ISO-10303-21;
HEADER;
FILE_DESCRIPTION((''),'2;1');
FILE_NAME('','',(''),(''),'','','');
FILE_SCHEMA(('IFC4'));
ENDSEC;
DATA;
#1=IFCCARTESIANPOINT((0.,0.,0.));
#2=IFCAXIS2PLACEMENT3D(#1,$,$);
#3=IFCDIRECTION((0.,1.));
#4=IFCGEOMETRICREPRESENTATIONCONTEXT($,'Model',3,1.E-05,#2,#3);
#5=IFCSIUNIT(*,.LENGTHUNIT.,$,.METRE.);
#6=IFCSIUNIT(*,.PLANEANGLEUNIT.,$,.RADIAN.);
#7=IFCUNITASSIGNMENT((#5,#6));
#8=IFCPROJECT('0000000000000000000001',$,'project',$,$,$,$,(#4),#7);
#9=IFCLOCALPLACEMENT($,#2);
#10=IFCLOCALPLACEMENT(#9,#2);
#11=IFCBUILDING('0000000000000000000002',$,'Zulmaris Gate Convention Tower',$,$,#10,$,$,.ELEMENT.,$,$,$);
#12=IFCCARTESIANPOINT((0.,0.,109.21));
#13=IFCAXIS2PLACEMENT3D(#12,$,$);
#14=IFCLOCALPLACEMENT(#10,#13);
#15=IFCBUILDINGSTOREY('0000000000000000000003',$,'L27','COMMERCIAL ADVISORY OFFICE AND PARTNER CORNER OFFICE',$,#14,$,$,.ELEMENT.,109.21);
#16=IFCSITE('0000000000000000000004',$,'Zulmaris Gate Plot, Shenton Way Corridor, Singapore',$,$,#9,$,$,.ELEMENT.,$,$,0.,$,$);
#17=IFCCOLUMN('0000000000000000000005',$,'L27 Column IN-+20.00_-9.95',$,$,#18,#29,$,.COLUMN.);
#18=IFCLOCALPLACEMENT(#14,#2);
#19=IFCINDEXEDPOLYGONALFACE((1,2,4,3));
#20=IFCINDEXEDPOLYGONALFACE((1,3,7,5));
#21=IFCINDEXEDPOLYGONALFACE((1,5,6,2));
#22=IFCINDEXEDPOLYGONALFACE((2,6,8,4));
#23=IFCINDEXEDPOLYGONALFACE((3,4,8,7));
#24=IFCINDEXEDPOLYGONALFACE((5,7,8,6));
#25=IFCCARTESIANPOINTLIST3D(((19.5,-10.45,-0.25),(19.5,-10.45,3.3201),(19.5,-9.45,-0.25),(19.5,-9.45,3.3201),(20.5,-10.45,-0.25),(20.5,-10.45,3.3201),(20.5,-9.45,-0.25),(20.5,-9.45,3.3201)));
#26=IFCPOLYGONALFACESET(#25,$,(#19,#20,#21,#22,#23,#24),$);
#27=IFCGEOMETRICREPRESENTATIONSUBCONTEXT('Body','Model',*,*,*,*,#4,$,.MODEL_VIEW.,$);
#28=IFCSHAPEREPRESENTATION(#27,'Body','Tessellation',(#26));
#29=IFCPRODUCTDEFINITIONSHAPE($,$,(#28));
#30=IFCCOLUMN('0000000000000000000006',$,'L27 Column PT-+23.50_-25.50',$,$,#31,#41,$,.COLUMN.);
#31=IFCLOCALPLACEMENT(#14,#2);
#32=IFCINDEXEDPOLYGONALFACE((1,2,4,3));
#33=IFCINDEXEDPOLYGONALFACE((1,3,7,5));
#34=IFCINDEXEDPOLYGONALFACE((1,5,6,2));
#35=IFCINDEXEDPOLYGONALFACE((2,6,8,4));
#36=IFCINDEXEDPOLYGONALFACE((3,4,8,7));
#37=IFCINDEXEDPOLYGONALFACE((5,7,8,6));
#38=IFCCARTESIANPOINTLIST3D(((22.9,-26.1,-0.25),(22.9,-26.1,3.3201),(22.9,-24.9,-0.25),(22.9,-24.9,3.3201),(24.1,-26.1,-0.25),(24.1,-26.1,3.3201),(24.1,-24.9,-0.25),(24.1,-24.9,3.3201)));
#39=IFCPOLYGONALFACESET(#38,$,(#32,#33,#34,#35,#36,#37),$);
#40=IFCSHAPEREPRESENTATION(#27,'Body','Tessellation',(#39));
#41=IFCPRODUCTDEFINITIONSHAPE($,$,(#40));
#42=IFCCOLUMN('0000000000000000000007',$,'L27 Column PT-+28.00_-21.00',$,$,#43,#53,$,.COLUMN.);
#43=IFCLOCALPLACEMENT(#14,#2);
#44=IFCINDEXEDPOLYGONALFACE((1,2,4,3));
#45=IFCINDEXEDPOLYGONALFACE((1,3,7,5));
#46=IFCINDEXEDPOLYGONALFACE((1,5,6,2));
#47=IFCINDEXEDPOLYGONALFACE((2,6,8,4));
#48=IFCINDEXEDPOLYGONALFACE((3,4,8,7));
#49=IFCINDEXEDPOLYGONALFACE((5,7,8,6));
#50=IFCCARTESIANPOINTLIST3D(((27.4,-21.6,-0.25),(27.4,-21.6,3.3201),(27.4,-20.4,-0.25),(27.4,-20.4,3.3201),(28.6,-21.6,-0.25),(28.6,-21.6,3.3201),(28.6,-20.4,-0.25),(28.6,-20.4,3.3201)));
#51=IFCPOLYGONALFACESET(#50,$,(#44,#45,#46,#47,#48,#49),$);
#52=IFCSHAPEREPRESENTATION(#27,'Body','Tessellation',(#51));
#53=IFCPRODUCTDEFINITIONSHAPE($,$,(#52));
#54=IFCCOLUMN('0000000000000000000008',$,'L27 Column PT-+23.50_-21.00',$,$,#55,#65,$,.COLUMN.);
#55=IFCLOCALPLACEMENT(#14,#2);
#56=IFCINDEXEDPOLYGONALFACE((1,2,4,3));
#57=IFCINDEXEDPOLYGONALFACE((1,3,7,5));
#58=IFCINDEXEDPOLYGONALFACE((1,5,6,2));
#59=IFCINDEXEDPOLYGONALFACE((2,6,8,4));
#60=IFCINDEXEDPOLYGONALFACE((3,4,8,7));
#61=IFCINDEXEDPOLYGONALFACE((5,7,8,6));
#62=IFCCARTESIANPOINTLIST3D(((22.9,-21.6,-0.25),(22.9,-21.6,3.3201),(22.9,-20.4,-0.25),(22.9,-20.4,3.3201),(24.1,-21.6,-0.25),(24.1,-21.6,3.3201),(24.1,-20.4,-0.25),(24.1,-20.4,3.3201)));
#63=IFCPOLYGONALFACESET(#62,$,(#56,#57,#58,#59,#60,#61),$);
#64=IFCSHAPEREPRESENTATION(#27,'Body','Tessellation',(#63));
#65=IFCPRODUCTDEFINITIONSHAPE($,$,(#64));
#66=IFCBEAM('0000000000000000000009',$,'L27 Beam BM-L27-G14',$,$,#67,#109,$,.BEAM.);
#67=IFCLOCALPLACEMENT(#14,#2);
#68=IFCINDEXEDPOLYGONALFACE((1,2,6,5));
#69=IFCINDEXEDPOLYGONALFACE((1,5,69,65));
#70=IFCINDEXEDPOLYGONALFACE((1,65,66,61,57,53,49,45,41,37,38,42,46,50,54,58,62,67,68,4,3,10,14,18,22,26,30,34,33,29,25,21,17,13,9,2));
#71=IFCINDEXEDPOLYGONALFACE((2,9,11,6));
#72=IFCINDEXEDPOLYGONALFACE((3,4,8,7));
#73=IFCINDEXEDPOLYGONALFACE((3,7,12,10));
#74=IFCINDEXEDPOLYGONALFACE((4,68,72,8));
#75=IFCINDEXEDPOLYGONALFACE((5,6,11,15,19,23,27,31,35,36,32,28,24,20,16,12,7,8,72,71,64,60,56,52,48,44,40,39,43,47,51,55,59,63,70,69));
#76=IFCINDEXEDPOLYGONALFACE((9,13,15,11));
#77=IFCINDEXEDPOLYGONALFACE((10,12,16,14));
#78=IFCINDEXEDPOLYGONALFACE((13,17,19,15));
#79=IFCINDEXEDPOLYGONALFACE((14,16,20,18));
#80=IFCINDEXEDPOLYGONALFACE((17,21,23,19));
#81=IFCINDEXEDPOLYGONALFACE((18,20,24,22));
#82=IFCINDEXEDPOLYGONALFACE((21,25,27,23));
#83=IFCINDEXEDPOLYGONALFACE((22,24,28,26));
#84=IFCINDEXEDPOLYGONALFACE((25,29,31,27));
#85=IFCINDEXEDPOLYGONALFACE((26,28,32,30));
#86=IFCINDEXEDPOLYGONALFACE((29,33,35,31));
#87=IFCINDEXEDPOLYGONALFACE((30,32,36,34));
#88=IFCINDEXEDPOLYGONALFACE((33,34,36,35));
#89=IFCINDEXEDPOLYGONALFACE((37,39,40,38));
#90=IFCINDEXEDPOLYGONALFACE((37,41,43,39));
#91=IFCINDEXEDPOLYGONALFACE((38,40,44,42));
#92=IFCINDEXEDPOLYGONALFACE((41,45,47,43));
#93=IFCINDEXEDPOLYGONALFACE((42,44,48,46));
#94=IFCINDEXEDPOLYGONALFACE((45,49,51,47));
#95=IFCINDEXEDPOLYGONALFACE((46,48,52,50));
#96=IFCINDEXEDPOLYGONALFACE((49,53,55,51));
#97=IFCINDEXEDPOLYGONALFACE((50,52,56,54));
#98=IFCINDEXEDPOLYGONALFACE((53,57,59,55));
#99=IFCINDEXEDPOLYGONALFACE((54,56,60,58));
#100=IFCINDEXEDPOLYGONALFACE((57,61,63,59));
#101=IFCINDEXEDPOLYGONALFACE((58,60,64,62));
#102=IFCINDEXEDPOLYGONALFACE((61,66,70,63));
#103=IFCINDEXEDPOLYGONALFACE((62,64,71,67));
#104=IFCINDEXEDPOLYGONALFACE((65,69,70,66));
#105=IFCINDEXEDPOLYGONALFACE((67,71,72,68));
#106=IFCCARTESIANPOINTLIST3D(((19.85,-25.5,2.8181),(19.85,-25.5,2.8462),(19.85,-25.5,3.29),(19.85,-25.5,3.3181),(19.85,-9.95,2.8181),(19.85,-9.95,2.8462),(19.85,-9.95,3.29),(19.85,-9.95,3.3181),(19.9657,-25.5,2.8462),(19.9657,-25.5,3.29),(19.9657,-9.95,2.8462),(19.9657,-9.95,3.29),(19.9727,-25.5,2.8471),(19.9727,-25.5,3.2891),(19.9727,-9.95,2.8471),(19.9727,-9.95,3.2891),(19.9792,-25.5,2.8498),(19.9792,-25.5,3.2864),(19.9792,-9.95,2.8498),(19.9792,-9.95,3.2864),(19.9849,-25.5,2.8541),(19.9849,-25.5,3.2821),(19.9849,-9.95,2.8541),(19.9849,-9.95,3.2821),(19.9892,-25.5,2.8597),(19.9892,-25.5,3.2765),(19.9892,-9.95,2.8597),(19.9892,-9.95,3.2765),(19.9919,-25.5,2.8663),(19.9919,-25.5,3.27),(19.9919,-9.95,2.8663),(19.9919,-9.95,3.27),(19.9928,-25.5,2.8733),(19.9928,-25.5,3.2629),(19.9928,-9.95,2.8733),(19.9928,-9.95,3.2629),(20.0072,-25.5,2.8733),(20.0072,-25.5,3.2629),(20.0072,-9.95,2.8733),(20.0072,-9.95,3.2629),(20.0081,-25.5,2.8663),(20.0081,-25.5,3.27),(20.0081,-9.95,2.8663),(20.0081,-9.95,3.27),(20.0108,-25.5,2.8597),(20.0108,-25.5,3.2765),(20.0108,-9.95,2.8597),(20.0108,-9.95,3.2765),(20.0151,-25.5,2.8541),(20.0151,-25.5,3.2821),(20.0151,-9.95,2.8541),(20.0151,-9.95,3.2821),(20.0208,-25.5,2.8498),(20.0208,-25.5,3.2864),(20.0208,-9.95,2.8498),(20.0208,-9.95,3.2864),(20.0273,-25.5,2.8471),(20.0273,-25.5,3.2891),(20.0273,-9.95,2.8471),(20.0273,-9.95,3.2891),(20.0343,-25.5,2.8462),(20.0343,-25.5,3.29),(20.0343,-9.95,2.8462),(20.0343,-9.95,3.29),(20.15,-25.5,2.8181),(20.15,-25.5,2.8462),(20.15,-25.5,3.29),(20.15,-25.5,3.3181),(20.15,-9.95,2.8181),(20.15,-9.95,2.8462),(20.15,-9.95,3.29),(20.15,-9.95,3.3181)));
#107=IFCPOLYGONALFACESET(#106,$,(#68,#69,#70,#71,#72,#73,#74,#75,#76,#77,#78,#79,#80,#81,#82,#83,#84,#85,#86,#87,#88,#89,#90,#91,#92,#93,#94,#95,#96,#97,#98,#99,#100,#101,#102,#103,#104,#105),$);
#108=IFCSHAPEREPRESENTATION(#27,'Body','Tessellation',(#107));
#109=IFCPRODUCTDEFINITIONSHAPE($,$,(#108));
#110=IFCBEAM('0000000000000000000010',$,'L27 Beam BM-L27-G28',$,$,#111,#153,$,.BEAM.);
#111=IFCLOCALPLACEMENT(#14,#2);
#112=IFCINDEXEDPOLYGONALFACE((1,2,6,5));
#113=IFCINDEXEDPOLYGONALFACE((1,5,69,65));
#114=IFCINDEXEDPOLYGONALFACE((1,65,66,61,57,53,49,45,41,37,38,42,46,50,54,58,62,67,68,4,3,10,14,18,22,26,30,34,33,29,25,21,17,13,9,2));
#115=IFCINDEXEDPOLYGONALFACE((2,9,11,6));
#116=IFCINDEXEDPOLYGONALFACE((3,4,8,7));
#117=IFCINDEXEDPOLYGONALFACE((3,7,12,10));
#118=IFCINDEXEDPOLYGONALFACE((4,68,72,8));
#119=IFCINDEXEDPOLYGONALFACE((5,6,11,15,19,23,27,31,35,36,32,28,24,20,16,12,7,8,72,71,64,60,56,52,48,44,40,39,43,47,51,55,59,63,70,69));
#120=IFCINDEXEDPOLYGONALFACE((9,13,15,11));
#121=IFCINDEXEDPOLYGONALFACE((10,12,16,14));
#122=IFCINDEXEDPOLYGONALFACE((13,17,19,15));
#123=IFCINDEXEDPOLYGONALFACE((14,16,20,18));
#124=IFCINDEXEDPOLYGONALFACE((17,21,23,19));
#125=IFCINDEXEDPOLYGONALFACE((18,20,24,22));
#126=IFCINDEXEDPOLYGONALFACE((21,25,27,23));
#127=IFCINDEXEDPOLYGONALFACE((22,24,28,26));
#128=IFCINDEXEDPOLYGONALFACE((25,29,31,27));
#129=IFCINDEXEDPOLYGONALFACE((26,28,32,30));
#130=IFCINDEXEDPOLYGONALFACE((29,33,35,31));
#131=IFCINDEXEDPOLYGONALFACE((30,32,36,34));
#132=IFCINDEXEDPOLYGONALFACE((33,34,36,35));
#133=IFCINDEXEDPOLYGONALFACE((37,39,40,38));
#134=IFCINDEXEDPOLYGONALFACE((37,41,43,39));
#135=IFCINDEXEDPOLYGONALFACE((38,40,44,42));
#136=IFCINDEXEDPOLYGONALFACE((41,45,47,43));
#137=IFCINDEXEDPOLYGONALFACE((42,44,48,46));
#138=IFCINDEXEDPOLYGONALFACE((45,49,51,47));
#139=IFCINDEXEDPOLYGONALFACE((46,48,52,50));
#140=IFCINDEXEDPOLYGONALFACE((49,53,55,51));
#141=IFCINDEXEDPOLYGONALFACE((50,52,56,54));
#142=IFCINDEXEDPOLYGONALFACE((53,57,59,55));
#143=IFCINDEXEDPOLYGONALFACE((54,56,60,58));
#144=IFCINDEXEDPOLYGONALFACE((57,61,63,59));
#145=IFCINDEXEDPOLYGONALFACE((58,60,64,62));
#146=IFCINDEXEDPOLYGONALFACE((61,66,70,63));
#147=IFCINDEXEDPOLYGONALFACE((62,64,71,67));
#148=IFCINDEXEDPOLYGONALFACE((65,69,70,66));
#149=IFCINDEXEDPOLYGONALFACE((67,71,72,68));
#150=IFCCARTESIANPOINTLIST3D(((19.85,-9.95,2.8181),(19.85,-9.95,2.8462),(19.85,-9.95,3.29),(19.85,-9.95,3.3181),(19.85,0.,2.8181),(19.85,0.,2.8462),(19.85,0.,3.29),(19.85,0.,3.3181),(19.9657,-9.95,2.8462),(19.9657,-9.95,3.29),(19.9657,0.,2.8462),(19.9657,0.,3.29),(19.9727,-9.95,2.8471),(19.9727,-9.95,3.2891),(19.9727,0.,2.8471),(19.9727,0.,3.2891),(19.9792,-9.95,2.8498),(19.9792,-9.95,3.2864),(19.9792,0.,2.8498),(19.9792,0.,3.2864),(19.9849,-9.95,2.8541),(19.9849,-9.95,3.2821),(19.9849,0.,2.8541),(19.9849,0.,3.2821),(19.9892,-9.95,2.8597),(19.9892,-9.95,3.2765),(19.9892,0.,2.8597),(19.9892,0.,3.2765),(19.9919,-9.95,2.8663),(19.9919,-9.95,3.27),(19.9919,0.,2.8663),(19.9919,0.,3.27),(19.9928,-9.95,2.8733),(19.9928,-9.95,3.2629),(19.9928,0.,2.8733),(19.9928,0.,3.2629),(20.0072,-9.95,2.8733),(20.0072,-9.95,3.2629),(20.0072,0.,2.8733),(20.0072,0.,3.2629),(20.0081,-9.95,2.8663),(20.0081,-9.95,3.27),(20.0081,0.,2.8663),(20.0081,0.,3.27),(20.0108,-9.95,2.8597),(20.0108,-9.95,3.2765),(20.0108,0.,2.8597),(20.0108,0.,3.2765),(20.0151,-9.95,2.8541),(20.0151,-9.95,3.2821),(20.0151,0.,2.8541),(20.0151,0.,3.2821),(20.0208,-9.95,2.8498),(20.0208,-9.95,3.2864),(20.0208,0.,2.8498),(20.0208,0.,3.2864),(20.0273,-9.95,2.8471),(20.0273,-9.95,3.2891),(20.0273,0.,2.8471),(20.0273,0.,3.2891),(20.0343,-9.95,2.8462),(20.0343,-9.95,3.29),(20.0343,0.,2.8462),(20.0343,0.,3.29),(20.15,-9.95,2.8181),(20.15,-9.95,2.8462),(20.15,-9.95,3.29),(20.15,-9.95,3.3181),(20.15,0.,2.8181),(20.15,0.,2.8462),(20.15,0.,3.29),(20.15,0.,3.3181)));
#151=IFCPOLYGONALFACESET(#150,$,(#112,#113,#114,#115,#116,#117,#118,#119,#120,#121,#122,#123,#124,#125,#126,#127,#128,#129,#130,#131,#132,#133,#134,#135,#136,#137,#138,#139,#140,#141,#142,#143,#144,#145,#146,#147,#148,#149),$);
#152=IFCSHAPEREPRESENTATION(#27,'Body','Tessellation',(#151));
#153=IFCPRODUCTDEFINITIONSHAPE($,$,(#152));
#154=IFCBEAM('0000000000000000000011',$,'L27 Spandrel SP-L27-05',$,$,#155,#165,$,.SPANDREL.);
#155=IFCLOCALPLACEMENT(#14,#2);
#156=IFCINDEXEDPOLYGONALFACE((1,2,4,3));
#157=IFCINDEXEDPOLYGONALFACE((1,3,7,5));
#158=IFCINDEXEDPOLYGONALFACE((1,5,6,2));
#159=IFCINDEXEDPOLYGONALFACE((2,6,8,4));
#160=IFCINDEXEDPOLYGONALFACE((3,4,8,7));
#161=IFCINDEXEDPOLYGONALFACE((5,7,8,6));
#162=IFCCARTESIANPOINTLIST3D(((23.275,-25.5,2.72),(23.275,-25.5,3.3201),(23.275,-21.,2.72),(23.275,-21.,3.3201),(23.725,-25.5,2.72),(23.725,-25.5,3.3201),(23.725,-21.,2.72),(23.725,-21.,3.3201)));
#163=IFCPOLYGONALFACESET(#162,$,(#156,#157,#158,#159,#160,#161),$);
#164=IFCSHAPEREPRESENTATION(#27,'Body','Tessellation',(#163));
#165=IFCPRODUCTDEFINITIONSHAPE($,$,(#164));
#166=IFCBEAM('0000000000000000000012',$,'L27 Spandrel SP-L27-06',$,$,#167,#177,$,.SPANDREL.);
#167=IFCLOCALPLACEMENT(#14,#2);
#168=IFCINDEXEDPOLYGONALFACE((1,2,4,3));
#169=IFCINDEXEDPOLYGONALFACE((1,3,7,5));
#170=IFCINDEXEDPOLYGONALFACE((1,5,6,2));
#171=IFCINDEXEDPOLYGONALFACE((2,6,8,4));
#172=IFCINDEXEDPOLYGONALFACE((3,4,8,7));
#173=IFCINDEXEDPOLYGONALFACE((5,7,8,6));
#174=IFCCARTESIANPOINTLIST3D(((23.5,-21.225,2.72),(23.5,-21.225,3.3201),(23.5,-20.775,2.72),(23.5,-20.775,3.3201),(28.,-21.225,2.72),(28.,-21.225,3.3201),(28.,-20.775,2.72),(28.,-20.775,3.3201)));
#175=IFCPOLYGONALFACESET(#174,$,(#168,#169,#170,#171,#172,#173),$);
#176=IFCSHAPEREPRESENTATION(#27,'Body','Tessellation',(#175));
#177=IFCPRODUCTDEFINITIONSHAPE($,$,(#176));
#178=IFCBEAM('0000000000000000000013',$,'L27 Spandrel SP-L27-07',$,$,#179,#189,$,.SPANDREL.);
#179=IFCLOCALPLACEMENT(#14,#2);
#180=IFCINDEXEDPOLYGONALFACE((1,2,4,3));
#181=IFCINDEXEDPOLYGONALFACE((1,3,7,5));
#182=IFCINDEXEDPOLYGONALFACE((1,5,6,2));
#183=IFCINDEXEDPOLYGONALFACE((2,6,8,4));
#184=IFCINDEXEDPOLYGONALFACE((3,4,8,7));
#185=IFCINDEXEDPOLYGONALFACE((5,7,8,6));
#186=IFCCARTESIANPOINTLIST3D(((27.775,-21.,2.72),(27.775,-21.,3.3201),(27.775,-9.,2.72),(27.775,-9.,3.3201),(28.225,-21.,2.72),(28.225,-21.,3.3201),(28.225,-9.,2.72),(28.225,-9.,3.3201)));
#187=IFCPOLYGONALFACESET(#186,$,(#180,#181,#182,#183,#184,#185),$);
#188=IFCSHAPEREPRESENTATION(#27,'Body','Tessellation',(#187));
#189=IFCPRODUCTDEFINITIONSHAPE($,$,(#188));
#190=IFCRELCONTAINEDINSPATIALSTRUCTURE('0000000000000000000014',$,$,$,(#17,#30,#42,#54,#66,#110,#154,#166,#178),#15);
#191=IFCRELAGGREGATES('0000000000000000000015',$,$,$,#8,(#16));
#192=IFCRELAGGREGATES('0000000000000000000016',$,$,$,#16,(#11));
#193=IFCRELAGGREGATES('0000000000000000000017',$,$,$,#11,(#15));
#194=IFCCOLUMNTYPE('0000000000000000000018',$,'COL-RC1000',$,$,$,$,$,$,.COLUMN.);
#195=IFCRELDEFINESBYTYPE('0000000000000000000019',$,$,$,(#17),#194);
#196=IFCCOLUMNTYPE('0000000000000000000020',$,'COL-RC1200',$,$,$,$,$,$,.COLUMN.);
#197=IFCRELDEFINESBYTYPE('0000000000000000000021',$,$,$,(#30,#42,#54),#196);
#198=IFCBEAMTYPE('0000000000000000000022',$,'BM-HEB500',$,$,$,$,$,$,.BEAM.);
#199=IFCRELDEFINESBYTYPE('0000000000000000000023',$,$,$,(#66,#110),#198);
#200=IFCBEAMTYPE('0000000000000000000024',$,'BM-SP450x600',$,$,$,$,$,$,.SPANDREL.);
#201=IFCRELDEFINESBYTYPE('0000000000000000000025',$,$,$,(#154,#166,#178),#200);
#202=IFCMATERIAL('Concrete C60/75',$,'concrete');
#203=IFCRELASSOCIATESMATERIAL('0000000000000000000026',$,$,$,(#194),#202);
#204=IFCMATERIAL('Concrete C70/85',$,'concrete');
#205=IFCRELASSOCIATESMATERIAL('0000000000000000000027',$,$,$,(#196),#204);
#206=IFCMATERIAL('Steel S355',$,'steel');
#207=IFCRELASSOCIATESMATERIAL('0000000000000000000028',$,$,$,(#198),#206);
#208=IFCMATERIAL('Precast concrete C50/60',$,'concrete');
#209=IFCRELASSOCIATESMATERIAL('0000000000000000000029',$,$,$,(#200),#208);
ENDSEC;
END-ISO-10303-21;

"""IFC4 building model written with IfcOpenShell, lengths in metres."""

from ifc_helpers import new_model, si_unit, direction, frame, origin, origin_2d, place, context, subcontext, project, spatial, rectangle, i_section, extrude, material, material_profile, profile_set, type_object, element, save


model = new_model("IFC4")

# Units and contexts
model_context = context("Model", 3, precision=1e-05, world=origin(), true_north=direction((0.0, 1.0)))
body_context = subcontext(model_context, "Body", "Model", "MODEL_VIEW")
ifc_project = project(units=[si_unit("LENGTHUNIT", "METRE"), si_unit("PLANEANGLEUNIT", "RADIAN")], contexts=[model_context])

# Site, building, storey
site_placement = place(None, origin())
site = spatial("IfcSite", under=ifc_project, at=site_placement, Name="Zulmaris Gate Plot, Shenton Way Corridor, Singapore", CompositionType="ELEMENT", RefElevation=0.0)
building_placement = place(site_placement, origin())
building = spatial("IfcBuilding", under=site, at=building_placement, Name="Zulmaris Gate Convention Tower", CompositionType="ELEMENT")
storey_placement = place(building_placement, frame((0.0, 0.0, 109.21)))
storey = spatial("IfcBuildingStorey", under=building, at=storey_placement, Name="L27", Description="COMMERCIAL ADVISORY OFFICE AND PARTNER CORNER OFFICE", CompositionType="ELEMENT", Elevation=109.21)

# Columns
ifc_material_1 = material(Name="Concrete C60/75", Category="concrete")
ifc_material_profile_1 = material_profile(ifc_material_1, rectangle(XDim=1.0, YDim=1.0, at=origin_2d()), Name="RC COL 1000x1000")
ifc_profile_set_1 = profile_set([ifc_material_profile_1], Name="Concrete C60/75")
column_type_1 = type_object("IfcColumnType", Name="COL-RC1000", PredefinedType="COLUMN", material=ifc_profile_set_1)
column_placement = place(storey_placement, frame((20.0, -9.95, -0.25), z_axis=(0.0, 0.0, 1.0), x_axis=(1.0, 0.0, 0.0)))
element("IfcColumn", 1, at=column_placement, inside=storey, type_object=column_type_1, Name="L27 Column IN-+20.00_-9.95", PredefinedType="COLUMN", context=body_context, shape_type="SweptSolid", body=[
    extrude(rectangle(XDim=1.0, YDim=1.0, at=origin_2d()), origin(), (0.0, 0.0, 1.0), 3.5701),
])
ifc_material_2 = material(Name="Concrete C70/85", Category="concrete")
ifc_material_profile_2 = material_profile(ifc_material_2, rectangle(XDim=1.2, YDim=1.2, at=origin_2d()), Name="RC COL 1200x1200")
ifc_profile_set_2 = profile_set([ifc_material_profile_2], Name="Concrete C70/85")
column_type_2 = type_object("IfcColumnType", Name="COL-RC1200", PredefinedType="COLUMN", material=ifc_profile_set_2)
for number, where, z_axis, x_axis, name in (
    (2, (23.5, -25.5, -0.25), (0.0, 0.0, 1.0), (1.0, 0.0, 0.0), "L27 Column PT-+23.50_-25.50"),
    (3, (28.0, -21.0, -0.25), (0.0, 0.0, 1.0), (1.0, 0.0, 0.0), "L27 Column PT-+28.00_-21.00"),
    (4, (23.5, -21.0, -0.25), (0.0, 0.0, 1.0), (1.0, 0.0, 0.0), "L27 Column PT-+23.50_-21.00"),
):
    element("IfcColumn", number, at=place(storey_placement, frame(where, z_axis=z_axis, x_axis=x_axis)), inside=storey, type_object=column_type_2, Name=name, PredefinedType="COLUMN", context=body_context, shape_type="SweptSolid", body=[
        extrude(rectangle(XDim=1.2, YDim=1.2, at=origin_2d()), origin(), (0.0, 0.0, 1.0), 3.5701),
    ])

# Beams
ifc_material_3 = material(Name="Steel S355", Category="steel")
ifc_material_profile_3 = material_profile(ifc_material_3, i_section(OverallWidth=0.3, OverallDepth=0.5, WebThickness=0.0144, FlangeThickness=0.0281, FilletRadius=0.0271, at=origin_2d()), Name="HEB 500")
ifc_profile_set_3 = profile_set([ifc_material_profile_3], Name="Steel S355")
beam_type_1 = type_object("IfcBeamType", Name="BM-HEB500", PredefinedType="BEAM", material=ifc_profile_set_3)
beam_1_placement = place(storey_placement, frame((20.0, -25.5, 3.0681), z_axis=(0.0, 1.0, 0.0), x_axis=(-1.0, 0.0, 0.0)))
element("IfcBeam", 5, at=beam_1_placement, inside=storey, type_object=beam_type_1, Name="L27 Beam BM-L27-G14", PredefinedType="BEAM", context=body_context, shape_type="SweptSolid", body=[
    extrude(i_section(OverallWidth=0.3, OverallDepth=0.5, WebThickness=0.0144, FlangeThickness=0.0281, FilletRadius=0.0271, at=origin_2d()), origin(), (0.0, 0.0, 1.0), 15.55),
])
beam_2_placement = place(storey_placement, frame((20.0, -9.95, 3.0681), z_axis=(0.0, 1.0, 0.0), x_axis=(-1.0, 0.0, 0.0)))
element("IfcBeam", 6, at=beam_2_placement, inside=storey, type_object=beam_type_1, Name="L27 Beam BM-L27-G28", PredefinedType="BEAM", context=body_context, shape_type="SweptSolid", body=[
    extrude(i_section(OverallWidth=0.3, OverallDepth=0.5, WebThickness=0.0144, FlangeThickness=0.0281, FilletRadius=0.0271, at=origin_2d()), origin(), (0.0, 0.0, 1.0), 9.95),
])
ifc_material_4 = material(Name="Precast concrete C50/60", Category="concrete")
ifc_material_profile_4 = material_profile(ifc_material_4, rectangle(XDim=0.45, YDim=0.6001, at=origin_2d()), Name="RC SPANDREL 450x600")
ifc_profile_set_4 = profile_set([ifc_material_profile_4], Name="Precast concrete C50/60")
beam_type_2 = type_object("IfcBeamType", Name="BM-SP450x600", PredefinedType="SPANDREL", material=ifc_profile_set_4)
for number, where, z_axis, x_axis, name in (
    (7, (23.5, -25.5, 3.02), (0.0, 1.0, 0.0), (-1.0, 0.0, 0.0), "L27 Spandrel SP-L27-05"),
    (8, (23.5, -21.0, 3.02), (1.0, 0.0, 0.0), (0.0, 1.0, 0.0), "L27 Spandrel SP-L27-06"),
):
    element("IfcBeam", number, at=place(storey_placement, frame(where, z_axis=z_axis, x_axis=x_axis)), inside=storey, type_object=beam_type_2, Name=name, PredefinedType="SPANDREL", context=body_context, shape_type="SweptSolid", body=[
        extrude(rectangle(XDim=0.45, YDim=0.6001, at=origin_2d()), origin(), (0.0, 0.0, 1.0), 4.5),
    ])
beam_3_placement = place(storey_placement, frame((28.0, -21.0, 3.02), z_axis=(0.0, 1.0, 0.0), x_axis=(-1.0, 0.0, 0.0)))
element("IfcBeam", 9, at=beam_3_placement, inside=storey, type_object=beam_type_2, Name="L27 Spandrel SP-L27-07", PredefinedType="SPANDREL", context=body_context, shape_type="SweptSolid", body=[
    extrude(rectangle(XDim=0.45, YDim=0.6001, at=origin_2d()), origin(), (0.0, 0.0, 1.0), 12.0),
])

save(model, "model.ifc")
